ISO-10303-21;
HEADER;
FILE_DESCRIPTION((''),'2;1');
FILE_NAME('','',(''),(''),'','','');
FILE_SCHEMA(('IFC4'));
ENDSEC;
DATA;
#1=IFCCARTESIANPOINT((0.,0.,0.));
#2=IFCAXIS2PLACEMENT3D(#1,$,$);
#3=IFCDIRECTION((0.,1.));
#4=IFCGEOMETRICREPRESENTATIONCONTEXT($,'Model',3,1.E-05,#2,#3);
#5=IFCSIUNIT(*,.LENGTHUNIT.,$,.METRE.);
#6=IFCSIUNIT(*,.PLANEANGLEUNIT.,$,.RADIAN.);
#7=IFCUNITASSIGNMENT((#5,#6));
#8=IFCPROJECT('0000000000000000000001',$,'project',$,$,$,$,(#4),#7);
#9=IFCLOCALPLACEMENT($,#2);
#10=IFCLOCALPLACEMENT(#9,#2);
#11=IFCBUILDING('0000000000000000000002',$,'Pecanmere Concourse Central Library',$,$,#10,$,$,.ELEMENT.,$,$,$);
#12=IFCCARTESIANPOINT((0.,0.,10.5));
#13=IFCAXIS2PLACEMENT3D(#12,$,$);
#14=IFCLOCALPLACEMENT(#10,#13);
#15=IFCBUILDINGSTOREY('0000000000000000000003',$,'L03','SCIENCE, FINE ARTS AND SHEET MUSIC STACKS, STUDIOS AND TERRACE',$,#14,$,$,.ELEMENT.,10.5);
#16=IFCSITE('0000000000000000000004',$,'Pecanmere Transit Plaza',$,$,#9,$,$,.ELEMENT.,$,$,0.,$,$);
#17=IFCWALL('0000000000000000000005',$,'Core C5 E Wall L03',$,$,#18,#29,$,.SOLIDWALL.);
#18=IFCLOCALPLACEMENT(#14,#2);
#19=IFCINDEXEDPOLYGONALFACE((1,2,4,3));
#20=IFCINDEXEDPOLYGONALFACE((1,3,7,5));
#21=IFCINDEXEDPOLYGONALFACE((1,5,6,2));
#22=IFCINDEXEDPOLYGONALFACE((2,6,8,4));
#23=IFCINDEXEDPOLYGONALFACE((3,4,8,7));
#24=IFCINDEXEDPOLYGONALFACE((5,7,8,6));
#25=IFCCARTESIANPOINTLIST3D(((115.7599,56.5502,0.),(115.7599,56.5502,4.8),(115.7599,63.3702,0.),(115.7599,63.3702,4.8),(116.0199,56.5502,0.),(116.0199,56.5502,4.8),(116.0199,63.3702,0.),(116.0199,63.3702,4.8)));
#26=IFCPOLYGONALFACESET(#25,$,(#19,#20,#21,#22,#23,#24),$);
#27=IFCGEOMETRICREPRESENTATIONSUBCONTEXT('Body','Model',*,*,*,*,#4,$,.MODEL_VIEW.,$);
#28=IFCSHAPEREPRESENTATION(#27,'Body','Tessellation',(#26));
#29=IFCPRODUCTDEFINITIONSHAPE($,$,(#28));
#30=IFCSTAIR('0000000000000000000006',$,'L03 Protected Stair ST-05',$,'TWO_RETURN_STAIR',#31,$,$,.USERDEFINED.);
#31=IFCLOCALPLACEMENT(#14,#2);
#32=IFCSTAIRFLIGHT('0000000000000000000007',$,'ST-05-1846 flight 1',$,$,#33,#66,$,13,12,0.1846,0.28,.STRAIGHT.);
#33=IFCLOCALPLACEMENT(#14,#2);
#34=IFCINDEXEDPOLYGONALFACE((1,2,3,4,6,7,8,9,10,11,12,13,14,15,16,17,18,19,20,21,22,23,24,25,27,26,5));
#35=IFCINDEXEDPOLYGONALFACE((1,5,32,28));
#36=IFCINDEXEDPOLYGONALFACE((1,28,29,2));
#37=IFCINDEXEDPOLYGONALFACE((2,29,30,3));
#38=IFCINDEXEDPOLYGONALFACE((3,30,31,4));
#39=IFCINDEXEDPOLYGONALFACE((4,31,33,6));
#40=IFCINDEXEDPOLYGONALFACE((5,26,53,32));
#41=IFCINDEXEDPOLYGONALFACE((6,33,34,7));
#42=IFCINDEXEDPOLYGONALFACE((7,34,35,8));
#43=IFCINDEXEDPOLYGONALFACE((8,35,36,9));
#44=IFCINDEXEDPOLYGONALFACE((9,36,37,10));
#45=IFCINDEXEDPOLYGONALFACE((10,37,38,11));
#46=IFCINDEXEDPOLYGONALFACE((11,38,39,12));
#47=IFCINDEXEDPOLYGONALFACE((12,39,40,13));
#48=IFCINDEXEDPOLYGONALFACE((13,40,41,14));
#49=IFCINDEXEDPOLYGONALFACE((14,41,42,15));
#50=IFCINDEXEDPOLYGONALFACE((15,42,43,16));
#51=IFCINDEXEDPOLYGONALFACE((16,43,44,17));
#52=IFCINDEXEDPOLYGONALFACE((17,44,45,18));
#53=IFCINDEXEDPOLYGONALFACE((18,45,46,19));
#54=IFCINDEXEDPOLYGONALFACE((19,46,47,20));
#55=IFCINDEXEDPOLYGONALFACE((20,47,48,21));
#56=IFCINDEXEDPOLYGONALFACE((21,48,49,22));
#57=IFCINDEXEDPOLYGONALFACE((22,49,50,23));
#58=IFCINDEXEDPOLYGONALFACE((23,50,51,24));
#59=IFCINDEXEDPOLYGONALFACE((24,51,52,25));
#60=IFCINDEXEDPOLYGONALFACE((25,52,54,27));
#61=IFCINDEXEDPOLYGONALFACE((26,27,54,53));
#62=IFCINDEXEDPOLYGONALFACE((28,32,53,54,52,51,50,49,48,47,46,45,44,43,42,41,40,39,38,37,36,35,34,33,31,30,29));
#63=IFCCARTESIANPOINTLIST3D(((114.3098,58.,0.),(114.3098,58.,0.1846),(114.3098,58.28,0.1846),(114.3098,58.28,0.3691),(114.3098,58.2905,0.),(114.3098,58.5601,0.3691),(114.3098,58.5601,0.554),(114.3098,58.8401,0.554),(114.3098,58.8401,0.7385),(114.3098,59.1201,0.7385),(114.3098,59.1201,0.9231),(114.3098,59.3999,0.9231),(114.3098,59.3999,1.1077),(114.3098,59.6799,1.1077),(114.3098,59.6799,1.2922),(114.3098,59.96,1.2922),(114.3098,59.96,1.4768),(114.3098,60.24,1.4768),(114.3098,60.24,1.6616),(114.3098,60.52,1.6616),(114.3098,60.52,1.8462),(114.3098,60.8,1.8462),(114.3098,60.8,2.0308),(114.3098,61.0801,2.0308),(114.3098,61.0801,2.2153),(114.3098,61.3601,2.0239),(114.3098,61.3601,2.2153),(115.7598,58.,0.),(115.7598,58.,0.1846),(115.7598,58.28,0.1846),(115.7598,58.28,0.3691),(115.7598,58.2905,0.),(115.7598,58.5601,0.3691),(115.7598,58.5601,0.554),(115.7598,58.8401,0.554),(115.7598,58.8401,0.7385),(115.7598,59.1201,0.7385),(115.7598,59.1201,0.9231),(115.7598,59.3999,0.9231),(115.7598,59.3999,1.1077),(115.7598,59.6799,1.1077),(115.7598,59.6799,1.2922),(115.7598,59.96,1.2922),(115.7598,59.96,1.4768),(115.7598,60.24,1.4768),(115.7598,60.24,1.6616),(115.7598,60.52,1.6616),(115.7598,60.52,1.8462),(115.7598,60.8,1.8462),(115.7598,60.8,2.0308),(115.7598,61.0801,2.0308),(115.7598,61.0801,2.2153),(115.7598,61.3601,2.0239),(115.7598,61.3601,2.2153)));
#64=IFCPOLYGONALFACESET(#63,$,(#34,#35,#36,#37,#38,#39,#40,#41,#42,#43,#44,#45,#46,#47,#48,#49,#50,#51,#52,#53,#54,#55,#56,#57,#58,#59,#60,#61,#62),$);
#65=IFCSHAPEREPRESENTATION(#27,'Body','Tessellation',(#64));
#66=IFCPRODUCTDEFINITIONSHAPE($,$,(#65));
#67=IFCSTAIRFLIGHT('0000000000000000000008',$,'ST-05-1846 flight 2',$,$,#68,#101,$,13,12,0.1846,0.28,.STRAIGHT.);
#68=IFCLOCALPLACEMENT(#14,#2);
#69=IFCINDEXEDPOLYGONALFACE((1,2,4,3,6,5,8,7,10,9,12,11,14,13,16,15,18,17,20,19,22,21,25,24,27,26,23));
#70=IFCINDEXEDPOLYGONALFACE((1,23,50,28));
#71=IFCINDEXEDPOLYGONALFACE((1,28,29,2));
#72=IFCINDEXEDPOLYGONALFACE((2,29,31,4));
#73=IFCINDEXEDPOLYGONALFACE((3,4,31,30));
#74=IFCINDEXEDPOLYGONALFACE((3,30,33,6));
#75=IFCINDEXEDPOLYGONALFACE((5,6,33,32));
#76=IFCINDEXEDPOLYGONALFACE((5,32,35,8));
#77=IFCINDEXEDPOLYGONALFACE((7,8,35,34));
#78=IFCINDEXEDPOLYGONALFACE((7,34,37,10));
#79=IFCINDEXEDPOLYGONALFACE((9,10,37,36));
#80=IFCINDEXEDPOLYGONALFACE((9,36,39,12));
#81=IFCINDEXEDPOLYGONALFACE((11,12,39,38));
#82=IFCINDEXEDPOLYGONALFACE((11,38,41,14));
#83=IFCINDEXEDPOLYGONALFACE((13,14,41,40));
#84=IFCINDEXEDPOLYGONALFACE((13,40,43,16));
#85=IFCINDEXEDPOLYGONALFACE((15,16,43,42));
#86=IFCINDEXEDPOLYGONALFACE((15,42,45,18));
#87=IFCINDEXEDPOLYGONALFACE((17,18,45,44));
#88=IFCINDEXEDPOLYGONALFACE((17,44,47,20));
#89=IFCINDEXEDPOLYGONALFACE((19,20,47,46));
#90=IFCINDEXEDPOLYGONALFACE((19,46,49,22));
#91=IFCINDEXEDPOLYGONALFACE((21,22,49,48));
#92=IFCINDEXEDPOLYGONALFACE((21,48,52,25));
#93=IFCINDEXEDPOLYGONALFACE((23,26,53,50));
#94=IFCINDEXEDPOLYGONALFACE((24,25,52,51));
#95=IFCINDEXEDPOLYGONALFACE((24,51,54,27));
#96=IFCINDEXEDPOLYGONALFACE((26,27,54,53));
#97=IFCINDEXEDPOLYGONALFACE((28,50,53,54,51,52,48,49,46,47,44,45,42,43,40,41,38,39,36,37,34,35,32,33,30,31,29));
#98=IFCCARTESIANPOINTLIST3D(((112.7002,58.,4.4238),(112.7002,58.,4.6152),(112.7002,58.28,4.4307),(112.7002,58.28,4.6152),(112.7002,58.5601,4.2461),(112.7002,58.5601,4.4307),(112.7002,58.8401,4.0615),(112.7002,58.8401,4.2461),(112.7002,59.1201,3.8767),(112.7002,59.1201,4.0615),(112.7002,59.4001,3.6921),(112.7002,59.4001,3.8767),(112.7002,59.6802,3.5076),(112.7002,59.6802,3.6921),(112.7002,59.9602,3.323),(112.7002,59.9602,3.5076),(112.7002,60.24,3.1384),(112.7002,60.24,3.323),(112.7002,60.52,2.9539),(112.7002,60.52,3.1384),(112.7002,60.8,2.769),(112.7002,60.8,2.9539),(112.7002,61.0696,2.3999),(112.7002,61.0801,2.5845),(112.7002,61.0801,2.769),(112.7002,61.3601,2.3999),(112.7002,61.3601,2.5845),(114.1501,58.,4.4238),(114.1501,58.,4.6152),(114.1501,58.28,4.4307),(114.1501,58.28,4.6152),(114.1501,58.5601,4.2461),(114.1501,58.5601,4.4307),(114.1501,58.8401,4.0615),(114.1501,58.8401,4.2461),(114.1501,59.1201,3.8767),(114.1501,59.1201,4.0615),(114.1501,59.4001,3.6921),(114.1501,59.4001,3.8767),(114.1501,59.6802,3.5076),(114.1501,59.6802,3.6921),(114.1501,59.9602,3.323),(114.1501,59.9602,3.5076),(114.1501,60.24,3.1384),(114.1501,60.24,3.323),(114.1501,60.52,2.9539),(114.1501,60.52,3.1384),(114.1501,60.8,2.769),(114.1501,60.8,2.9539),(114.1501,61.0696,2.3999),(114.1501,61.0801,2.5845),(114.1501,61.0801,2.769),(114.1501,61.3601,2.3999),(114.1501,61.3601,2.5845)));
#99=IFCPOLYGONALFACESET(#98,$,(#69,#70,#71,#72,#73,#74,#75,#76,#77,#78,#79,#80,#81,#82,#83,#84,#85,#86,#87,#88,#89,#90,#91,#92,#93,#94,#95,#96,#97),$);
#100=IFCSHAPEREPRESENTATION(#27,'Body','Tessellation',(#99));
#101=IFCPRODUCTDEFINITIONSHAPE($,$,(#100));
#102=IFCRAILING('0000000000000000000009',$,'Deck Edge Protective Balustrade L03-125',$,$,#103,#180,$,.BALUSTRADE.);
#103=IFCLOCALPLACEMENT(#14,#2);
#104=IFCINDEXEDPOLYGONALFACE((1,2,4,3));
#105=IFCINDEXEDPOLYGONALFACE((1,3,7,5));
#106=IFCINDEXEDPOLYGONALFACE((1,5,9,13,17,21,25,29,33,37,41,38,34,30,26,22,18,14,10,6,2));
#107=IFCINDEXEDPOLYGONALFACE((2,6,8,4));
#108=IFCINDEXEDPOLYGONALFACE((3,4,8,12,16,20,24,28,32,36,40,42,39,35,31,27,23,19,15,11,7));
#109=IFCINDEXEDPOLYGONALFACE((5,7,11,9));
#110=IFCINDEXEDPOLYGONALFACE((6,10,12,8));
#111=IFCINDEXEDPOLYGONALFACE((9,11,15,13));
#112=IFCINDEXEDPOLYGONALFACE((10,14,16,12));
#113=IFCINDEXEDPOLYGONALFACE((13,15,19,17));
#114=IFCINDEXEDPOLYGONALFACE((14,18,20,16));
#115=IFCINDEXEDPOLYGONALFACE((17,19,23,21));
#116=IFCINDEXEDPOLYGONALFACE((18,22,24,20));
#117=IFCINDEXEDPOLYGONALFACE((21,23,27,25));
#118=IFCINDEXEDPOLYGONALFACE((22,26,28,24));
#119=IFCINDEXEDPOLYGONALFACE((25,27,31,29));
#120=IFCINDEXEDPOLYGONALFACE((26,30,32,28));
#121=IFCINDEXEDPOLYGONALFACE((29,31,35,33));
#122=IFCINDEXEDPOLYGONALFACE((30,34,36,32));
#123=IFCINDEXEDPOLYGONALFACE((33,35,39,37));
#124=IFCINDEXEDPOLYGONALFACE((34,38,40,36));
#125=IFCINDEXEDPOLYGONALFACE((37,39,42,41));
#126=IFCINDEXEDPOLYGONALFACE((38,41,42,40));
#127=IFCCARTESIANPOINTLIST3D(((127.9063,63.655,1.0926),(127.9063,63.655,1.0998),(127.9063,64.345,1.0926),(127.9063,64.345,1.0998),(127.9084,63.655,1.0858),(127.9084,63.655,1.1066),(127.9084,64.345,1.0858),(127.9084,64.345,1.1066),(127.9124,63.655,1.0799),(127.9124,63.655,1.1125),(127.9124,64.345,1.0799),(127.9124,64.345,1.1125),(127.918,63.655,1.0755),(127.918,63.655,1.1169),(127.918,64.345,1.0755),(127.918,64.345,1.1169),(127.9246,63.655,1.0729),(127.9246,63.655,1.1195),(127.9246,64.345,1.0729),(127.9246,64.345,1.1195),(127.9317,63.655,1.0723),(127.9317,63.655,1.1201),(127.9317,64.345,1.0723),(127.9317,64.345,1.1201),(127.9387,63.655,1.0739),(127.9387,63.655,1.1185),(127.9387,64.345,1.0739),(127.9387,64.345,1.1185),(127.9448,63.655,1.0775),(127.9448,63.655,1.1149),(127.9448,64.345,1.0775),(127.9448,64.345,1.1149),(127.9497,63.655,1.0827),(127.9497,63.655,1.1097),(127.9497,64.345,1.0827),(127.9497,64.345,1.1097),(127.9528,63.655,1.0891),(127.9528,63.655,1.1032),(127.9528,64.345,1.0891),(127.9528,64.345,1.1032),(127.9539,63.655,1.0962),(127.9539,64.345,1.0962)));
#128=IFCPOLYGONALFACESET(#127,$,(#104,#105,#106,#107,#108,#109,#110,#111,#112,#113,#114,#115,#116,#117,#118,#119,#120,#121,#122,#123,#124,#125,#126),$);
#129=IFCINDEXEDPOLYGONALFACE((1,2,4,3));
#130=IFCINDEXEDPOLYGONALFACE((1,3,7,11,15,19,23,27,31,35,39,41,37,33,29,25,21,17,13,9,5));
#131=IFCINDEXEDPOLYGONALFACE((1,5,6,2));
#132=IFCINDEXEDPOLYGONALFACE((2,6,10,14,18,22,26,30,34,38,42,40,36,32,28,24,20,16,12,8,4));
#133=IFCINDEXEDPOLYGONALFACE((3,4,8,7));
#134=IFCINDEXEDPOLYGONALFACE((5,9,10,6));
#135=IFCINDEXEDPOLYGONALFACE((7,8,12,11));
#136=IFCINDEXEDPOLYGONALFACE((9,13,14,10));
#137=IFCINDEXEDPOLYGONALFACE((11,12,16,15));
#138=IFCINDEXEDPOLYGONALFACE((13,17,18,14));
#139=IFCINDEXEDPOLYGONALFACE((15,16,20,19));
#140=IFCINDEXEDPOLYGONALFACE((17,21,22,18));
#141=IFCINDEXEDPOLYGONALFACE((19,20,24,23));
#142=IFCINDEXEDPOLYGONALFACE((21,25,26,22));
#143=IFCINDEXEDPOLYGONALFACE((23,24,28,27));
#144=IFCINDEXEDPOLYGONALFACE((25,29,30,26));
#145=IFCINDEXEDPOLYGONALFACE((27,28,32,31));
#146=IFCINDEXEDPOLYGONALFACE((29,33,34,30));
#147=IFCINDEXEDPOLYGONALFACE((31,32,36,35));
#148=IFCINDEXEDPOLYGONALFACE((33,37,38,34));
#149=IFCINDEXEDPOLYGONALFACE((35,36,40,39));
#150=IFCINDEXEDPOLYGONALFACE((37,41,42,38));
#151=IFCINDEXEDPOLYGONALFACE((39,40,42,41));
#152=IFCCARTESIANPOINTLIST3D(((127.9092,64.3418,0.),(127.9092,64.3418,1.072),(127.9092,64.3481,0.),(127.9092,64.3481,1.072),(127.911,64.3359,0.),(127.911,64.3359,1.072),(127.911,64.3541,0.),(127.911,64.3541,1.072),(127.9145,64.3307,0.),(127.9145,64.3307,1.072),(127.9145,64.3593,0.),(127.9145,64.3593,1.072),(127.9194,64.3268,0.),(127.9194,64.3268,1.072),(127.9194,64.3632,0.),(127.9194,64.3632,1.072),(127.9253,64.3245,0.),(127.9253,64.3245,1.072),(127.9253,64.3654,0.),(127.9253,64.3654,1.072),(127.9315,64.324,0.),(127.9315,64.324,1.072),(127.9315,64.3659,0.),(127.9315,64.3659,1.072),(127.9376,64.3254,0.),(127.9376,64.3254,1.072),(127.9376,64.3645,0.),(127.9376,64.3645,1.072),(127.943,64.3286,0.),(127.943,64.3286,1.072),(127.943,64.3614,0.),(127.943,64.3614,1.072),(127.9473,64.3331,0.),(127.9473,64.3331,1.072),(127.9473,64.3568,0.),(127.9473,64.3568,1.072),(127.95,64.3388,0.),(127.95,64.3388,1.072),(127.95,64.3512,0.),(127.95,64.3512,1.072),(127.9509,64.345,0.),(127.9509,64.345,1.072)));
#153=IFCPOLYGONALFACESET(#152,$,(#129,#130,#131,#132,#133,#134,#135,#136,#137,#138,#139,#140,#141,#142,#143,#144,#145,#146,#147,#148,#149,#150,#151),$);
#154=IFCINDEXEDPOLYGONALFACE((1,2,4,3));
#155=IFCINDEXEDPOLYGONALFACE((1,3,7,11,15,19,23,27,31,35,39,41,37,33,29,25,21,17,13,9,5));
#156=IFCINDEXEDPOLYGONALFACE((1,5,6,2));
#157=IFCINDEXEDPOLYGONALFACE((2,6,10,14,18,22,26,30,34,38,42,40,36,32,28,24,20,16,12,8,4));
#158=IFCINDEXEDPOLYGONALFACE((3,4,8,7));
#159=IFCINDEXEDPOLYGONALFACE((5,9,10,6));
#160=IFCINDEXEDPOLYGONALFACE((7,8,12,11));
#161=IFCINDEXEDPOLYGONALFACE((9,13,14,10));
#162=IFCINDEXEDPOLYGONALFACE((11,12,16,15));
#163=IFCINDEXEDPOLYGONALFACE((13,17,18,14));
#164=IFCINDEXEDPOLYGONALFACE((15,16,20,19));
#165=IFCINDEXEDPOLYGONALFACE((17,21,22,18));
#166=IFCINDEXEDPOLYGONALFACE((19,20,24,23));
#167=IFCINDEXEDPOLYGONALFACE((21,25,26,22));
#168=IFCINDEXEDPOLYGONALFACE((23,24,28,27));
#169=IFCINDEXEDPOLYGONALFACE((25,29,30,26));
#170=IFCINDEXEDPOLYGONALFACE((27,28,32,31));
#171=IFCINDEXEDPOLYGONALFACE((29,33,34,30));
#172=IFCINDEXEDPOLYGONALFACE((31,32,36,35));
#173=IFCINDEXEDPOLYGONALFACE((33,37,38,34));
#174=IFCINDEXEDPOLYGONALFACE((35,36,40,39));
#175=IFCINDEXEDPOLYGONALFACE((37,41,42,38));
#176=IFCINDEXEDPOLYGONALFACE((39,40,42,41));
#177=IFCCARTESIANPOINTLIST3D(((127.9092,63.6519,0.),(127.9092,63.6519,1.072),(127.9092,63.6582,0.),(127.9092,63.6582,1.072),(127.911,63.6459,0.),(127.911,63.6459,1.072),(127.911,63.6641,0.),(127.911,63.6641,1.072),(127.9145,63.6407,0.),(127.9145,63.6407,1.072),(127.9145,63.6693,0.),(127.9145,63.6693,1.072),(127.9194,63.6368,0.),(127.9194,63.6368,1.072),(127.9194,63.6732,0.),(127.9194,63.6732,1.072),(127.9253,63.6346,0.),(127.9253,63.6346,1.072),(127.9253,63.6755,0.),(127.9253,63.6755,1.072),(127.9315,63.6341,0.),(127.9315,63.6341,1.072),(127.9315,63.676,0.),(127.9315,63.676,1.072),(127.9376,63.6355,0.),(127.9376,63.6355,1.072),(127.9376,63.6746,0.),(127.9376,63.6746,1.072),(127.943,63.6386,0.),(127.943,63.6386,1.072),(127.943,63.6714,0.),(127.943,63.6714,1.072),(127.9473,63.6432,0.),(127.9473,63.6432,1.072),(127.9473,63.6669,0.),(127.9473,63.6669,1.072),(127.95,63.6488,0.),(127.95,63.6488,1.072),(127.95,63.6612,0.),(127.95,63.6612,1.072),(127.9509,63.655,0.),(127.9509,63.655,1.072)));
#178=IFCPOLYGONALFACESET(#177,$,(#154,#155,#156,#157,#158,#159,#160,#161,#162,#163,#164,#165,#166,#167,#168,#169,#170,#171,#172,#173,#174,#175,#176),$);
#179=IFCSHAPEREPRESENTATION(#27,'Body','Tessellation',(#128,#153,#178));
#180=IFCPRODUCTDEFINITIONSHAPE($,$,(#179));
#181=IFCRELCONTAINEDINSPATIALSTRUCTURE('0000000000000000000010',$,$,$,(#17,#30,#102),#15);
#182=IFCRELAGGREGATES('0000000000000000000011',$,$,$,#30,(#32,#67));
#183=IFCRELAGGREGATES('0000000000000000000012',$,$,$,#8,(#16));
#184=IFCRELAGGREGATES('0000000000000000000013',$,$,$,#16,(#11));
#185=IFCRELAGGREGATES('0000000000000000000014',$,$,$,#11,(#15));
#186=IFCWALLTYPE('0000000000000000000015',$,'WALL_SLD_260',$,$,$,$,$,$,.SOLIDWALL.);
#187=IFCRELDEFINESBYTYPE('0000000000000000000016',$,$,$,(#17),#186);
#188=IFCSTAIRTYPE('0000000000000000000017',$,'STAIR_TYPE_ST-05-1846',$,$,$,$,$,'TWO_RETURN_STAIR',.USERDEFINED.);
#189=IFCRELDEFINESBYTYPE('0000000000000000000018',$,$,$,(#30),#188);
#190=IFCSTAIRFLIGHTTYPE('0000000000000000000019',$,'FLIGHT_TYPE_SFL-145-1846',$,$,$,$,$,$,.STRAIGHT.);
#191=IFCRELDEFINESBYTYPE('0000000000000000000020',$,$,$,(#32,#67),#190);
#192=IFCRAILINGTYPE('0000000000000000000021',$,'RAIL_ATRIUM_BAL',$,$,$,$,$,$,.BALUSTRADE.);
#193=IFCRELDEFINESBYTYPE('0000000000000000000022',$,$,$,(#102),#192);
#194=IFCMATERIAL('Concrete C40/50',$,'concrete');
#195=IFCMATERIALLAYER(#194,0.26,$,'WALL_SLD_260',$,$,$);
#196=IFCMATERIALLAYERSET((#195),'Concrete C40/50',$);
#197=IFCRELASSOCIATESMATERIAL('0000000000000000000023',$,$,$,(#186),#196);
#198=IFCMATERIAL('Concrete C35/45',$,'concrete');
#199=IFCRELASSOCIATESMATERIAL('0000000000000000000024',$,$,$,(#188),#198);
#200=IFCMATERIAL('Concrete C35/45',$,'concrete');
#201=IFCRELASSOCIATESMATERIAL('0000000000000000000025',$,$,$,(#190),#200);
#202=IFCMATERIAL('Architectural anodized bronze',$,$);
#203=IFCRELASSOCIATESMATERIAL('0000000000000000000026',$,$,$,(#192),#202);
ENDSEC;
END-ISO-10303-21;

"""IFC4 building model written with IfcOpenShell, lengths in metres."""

from ifc_helpers import new_model, si_unit, direction, frame, frame_2d, origin, origin_2d, place, context, subcontext, project, spatial, polyline, rectangle, circle, outline, extrude, material, layer, layer_set, type_object, element, aggregate, save


model = new_model("IFC4")

# Units and contexts
model_context = context("Model", 3, precision=1e-05, world=origin(), true_north=direction((0.0, 1.0)))
body_context = subcontext(model_context, "Body", "Model", "MODEL_VIEW")
ifc_project = project(units=[si_unit("LENGTHUNIT", "METRE"), si_unit("PLANEANGLEUNIT", "RADIAN")], contexts=[model_context])

# Site, building, storey
site_placement = place(None, origin())
site = spatial("IfcSite", under=ifc_project, at=site_placement, Name="Pecanmere Transit Plaza", CompositionType="ELEMENT", RefElevation=0.0)
building_placement = place(site_placement, origin())
building = spatial("IfcBuilding", under=site, at=building_placement, Name="Pecanmere Concourse Central Library", CompositionType="ELEMENT")
storey_placement = place(building_placement, frame((0.0, 0.0, 10.5)))
storey = spatial("IfcBuildingStorey", under=building, at=storey_placement, Name="L03", Description="SCIENCE, FINE ARTS AND SHEET MUSIC STACKS, STUDIOS AND TERRACE", CompositionType="ELEMENT", Elevation=10.5)

# Wall
ifc_material_1 = material(Name="Concrete C40/50", Category="concrete")
ifc_layer_1 = layer(ifc_material_1, 0.26, Name="WALL_SLD_260")
ifc_layer_set_1 = layer_set([ifc_layer_1], Name="Concrete C40/50")
wall_type_1 = type_object("IfcWallType", Name="WALL_SLD_260", PredefinedType="SOLIDWALL", material=ifc_layer_set_1)
wall_1_placement = place(storey_placement, frame((115.8899, 56.55, 0.0), z_axis=(0.0, 0.0, 1.0), x_axis=(0.0, 1.0, 0.0)))
element("IfcWall", 1, at=wall_1_placement, inside=storey, type_object=wall_type_1, Name="Core C5 E Wall L03", PredefinedType="SOLIDWALL", context=body_context, shape_type="SweptSolid", body=[
    extrude(rectangle(XDim=6.8201, YDim=0.26, at=frame_2d((3.4102, 0.0))), origin(), (0.0, 0.0, 1.0), 4.8),
])

# Stair, stair flights
ifc_material_2 = material(Name="Concrete C35/45", Category="concrete")
stair_type = type_object("IfcStairType", Name="STAIR_TYPE_ST-05-1846", ElementType="TWO_RETURN_STAIR", PredefinedType="USERDEFINED", material=ifc_material_2)
stair_placement = place(storey_placement, origin())
stair = element("IfcStair", 2, at=stair_placement, inside=storey, type_object=stair_type, Name="L03 Protected Stair ST-05", ObjectType="TWO_RETURN_STAIR", PredefinedType="USERDEFINED")
ifc_material_3 = material(Name="Concrete C35/45", Category="concrete")
stair_flight_type = type_object("IfcStairFlightType", Name="FLIGHT_TYPE_SFL-145-1846", PredefinedType="STRAIGHT", material=ifc_material_3)
stair_flight_1_placement = place(storey_placement, frame((115.0349, 58.0, 0.0), z_axis=(0.0, 0.0, 1.0), x_axis=(0.0, 1.0, 0.0)))
stair_flight_1 = element("IfcStairFlight", 3, at=stair_flight_1_placement, type_object=stair_flight_type, Name="ST-05-1846 flight 1", NumberOfRisers=13, NumberOfTreads=12, PredefinedType="STRAIGHT", RiserHeight=0.1846, TreadLength=0.28, context=body_context, shape_type="SweptSolid", body=[
    extrude(outline(polyline([(0.0, 0.0), (0.0, 0.1846), (0.28, 0.1846), (0.28, 0.3691), (0.5601, 0.3691), (0.5601, 0.554), (0.8401, 0.554), (0.8401, 0.7385), (1.1201, 0.7385), (1.1201, 0.9231), (1.3999, 0.9231), (1.3999, 1.1077), (1.6799, 1.1077), (1.6799, 1.2922), (1.96, 1.2922), (1.96, 1.4768), (2.24, 1.4768), (2.24, 1.6616), (2.52, 1.6616), (2.52, 1.8462), (2.8, 1.8462), (2.8, 2.0308), (3.0801, 2.0308), (3.0801, 2.2153), (3.3601, 2.2153), (3.3601, 2.3999), (3.3601, 2.0239), (0.2905, 0.0), (0.0, 0.0)])), frame((0.0, 0.7251, 0.0), z_axis=(0.0, -1.0, 0.0), x_axis=(1.0, 0.0, 0.0)), (0.0, 0.0, 1.0), 1.45),
])
stair_flight_2_placement = place(storey_placement, frame((113.425, 61.3601, 2.3999), z_axis=(0.0, 0.0, 1.0), x_axis=(0.0, -1.0, 0.0)))
stair_flight_2 = element("IfcStairFlight", 4, at=stair_flight_2_placement, type_object=stair_flight_type, Name="ST-05-1846 flight 2", NumberOfRisers=13, NumberOfTreads=12, PredefinedType="STRAIGHT", RiserHeight=0.1846, TreadLength=0.28, context=body_context, shape_type="SweptSolid", body=[
    extrude(outline(polyline([(0.0, 0.0), (0.0, 0.1846), (0.28, 0.1846), (0.28, 0.3691), (0.5601, 0.3691), (0.5601, 0.554), (0.8401, 0.554), (0.8401, 0.7385), (1.1201, 0.7385), (1.1201, 0.9231), (1.3999, 0.9231), (1.3999, 1.1077), (1.6799, 1.1077), (1.6799, 1.2922), (1.96, 1.2922), (1.96, 1.4768), (2.24, 1.4768), (2.24, 1.6616), (2.52, 1.6616), (2.52, 1.8462), (2.8, 1.8462), (2.8, 2.0308), (3.0801, 2.0308), (3.0801, 2.2153), (3.3601, 2.2153), (3.3601, 2.3999), (3.3601, 2.0239), (0.2905, 0.0), (0.0, 0.0)])), frame((0.0, 0.7251, 0.0), z_axis=(0.0, -1.0, 0.0), x_axis=(1.0, 0.0, 0.0)), (0.0, 0.0, 1.0), 1.45),
])
aggregate(stair, [stair_flight_1, stair_flight_2])

# Railing
ifc_material_4 = material(Name="Architectural anodized bronze")
railing_type_1 = type_object("IfcRailingType", Name="RAIL_ATRIUM_BAL", PredefinedType="BALUSTRADE", material=ifc_material_4)
for number, where, name in (
    (5, (127.9299, 64.345, 0.0), "Deck Edge Protective Balustrade L03-125"),
):
    element("IfcRailing", number, at=place(storey_placement, frame(where)), inside=storey, type_object=railing_type_1, Name=name, PredefinedType="BALUSTRADE", context=body_context, shape_type="SweptSolid", body=[
        extrude(circle(Radius=0.0239, at=origin_2d()), frame((0.0, 0.0, 1.0962), z_axis=(0.0, -1.0, 0.0), x_axis=(1.0, 0.0, 0.0)), (0.0, 0.0, 1.0), 0.6899),
        extrude(circle(Radius=0.021, at=origin_2d()), origin(), (0.0, 0.0, 1.0), 1.072),
        extrude(circle(Radius=0.021, at=origin_2d()), frame((0.0, -0.6899, 0.0)), (0.0, 0.0, 1.0), 1.072),
    ])

save(model, "model.ifc")
